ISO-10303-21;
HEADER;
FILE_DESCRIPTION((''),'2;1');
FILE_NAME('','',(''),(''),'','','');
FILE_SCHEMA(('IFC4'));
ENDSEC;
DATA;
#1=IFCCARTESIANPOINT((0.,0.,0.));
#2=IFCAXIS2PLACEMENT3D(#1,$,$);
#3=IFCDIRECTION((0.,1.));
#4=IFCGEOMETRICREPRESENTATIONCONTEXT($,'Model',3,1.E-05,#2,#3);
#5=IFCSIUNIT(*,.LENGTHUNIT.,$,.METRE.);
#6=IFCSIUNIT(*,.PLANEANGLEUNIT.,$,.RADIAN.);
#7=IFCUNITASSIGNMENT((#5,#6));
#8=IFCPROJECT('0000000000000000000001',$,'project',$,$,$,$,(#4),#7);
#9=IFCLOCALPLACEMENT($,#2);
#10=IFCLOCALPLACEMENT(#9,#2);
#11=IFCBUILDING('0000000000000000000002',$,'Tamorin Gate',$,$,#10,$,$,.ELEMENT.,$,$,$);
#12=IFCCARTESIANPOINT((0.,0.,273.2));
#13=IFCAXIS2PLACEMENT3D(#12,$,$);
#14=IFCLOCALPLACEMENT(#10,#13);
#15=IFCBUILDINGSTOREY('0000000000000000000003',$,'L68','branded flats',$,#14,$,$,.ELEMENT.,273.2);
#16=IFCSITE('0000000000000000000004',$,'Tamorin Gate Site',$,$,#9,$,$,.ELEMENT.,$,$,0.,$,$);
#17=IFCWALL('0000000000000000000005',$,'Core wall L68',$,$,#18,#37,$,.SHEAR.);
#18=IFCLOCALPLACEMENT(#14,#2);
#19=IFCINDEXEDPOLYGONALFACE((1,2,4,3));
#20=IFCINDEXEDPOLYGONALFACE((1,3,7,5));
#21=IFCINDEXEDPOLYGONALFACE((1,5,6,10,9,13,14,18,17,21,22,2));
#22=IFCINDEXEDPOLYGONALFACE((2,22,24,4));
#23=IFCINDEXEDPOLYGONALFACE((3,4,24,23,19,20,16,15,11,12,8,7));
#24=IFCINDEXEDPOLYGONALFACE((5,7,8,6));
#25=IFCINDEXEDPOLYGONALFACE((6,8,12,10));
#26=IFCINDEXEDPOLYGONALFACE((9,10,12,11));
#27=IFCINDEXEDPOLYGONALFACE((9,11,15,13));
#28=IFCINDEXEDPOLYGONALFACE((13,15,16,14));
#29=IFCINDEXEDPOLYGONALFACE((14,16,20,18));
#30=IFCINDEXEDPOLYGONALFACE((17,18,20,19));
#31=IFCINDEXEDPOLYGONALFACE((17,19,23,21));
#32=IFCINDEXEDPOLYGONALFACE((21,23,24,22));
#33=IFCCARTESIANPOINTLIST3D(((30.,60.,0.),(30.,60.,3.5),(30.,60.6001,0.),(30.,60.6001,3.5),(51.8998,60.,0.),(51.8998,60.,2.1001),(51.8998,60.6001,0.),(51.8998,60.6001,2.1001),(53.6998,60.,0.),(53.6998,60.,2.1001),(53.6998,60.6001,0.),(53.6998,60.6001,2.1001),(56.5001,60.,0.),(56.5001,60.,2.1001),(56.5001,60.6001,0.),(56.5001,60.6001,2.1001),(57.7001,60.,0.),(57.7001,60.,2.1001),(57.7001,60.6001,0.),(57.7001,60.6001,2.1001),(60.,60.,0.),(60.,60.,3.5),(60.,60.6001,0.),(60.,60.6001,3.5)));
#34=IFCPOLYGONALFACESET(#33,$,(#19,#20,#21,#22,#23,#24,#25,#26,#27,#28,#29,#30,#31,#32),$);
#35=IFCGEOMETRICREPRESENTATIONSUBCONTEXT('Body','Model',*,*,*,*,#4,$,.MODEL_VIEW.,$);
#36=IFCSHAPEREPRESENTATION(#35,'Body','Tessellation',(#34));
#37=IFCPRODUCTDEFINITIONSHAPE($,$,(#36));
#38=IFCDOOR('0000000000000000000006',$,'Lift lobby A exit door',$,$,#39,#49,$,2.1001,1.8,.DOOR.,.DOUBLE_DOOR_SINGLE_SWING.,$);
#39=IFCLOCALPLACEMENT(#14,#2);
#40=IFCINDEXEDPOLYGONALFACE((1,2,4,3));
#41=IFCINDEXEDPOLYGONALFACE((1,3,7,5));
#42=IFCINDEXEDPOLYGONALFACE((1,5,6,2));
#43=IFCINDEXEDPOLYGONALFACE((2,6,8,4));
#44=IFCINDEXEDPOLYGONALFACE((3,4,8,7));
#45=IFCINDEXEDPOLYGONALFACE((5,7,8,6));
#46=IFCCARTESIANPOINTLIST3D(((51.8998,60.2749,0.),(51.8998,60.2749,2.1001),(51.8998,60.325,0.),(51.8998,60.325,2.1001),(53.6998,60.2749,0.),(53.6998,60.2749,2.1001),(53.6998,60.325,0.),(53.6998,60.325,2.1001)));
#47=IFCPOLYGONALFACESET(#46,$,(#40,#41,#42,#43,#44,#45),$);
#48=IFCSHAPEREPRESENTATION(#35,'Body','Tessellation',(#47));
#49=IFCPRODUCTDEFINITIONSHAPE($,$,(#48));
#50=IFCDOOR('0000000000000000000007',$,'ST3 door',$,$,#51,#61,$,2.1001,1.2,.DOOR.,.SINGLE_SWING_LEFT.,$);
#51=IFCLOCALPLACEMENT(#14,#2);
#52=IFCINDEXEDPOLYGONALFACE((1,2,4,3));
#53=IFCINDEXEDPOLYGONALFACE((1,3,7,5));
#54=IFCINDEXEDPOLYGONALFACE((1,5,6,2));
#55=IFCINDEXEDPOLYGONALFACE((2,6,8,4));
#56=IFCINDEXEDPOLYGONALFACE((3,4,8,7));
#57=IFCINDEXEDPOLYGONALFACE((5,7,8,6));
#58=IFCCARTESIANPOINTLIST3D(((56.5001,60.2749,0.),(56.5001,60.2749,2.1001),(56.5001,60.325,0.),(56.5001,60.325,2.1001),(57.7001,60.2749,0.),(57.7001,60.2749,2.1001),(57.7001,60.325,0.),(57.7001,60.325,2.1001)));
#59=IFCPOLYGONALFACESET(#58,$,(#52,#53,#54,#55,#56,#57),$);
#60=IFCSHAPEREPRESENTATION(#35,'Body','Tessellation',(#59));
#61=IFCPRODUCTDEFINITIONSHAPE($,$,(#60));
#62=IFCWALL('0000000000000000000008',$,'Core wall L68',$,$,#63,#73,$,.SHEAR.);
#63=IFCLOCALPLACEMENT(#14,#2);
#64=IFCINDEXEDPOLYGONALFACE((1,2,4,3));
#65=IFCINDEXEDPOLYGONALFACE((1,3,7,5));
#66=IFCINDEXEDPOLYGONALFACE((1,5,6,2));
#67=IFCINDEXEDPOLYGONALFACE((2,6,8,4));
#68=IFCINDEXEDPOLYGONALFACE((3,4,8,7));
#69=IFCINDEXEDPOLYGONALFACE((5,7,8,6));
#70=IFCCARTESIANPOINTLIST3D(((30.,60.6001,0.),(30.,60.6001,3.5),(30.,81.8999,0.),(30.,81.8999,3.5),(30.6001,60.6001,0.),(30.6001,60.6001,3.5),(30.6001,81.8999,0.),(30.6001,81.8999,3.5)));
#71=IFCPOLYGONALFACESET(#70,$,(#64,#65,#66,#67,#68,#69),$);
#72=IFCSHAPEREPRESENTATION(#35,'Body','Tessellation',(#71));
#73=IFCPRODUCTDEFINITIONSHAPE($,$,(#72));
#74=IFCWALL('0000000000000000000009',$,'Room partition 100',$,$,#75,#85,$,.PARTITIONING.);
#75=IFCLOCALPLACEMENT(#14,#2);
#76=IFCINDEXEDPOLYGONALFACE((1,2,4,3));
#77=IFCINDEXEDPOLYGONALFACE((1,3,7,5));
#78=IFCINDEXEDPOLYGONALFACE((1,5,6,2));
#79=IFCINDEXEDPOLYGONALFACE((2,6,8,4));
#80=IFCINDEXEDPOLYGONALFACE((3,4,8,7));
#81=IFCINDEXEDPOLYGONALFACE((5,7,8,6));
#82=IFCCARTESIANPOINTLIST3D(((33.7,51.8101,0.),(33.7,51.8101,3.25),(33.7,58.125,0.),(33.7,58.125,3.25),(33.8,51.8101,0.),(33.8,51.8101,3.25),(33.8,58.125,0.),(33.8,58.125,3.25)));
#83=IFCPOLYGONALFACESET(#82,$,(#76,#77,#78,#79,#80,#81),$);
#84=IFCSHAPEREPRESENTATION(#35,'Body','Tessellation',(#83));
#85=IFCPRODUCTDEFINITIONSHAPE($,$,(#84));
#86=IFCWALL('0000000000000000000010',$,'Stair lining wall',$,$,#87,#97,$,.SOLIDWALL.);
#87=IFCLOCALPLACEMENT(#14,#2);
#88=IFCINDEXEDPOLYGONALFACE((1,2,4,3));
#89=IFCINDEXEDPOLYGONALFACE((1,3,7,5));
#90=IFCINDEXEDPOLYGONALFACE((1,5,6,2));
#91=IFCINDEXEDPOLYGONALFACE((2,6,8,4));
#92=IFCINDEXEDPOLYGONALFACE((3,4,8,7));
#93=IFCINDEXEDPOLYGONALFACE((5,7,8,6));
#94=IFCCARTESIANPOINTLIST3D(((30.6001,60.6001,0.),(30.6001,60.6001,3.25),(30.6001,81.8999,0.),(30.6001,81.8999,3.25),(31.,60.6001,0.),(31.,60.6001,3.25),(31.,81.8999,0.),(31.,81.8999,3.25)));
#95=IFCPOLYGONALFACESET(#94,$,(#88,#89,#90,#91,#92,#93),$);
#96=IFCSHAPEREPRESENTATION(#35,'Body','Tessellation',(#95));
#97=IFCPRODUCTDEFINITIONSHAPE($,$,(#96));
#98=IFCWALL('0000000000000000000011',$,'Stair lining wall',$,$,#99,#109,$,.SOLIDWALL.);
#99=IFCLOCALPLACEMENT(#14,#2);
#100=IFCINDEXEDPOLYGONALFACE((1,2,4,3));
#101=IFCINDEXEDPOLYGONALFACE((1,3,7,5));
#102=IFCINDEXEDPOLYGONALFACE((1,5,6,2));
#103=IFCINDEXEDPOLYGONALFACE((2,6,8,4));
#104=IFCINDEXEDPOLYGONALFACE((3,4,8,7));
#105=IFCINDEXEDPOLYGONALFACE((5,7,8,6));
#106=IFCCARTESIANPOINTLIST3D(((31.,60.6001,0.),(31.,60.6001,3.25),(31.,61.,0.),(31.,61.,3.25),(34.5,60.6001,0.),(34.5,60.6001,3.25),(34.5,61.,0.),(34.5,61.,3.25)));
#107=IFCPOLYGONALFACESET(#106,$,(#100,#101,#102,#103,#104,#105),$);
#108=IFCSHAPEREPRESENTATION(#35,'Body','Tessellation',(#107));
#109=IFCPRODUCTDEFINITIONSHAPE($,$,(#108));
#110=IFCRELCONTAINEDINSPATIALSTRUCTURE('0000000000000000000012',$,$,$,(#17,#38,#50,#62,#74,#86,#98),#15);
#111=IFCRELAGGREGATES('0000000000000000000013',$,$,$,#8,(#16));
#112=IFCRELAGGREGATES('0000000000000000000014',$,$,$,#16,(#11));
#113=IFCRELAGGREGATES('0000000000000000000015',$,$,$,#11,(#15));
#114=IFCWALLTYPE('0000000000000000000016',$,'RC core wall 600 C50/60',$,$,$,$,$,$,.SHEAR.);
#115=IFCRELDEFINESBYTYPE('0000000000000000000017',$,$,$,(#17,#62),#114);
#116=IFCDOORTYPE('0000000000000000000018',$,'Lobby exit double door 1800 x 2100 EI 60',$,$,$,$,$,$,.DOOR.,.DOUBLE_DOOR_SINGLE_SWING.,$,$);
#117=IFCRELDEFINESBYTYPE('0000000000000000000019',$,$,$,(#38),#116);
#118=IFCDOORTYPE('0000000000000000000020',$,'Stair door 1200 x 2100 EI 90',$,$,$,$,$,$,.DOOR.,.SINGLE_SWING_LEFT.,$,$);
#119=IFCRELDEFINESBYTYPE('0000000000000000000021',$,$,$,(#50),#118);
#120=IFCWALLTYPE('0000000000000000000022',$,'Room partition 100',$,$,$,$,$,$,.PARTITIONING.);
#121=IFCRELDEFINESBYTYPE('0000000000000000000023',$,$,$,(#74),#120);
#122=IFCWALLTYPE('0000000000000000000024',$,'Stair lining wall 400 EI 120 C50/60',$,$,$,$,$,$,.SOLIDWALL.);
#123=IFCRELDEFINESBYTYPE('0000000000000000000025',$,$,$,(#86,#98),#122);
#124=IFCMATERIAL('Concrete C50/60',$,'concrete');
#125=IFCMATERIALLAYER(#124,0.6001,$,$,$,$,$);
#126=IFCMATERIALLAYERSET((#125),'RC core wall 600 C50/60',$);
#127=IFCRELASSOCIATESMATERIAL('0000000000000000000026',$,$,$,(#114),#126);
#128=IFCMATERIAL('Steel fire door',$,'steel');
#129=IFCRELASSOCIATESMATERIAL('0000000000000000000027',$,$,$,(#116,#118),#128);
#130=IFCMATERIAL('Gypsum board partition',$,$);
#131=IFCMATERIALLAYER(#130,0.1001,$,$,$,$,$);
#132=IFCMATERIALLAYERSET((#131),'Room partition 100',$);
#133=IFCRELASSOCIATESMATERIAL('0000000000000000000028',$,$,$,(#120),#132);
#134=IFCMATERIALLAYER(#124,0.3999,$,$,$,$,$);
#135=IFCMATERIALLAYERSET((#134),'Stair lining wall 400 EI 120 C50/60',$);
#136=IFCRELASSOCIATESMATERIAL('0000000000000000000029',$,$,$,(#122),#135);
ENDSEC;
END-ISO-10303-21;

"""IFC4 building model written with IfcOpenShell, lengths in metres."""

from ifc_helpers import new_model, si_unit, direction, frame, frame_2d, origin, place, context, subcontext, project, spatial, rectangle, extrude, material, layer, layer_set, type_object, element, fill, save


model = new_model("IFC4")

# Units and contexts
model_context = context("Model", 3, precision=1e-05, world=origin(), true_north=direction((0.0, 1.0)))
body_context = subcontext(model_context, "Body", "Model", "MODEL_VIEW")
ifc_project = project(units=[si_unit("LENGTHUNIT", "METRE"), si_unit("PLANEANGLEUNIT", "RADIAN")], contexts=[model_context])

# Site, building, storey
site_placement = place(None, origin())
site = spatial("IfcSite", under=ifc_project, at=site_placement, Name="Tamorin Gate Site", CompositionType="ELEMENT", RefElevation=0.0)
building_placement = place(site_placement, origin())
building = spatial("IfcBuilding", under=site, at=building_placement, Name="Tamorin Gate", CompositionType="ELEMENT")
storey_placement = place(building_placement, frame((0.0, 0.0, 273.2)))
storey = spatial("IfcBuildingStorey", under=building, at=storey_placement, Name="L68", Description="branded flats", CompositionType="ELEMENT", Elevation=273.2)

# Shared definitions
ifc_material_1 = material(Name="Concrete C50/60", Category="concrete")

# Shared definitions
ifc_material_2 = material(Name="Gypsum board partition")

# Wall, openings, doors
ifc_layer_1 = layer(ifc_material_1, 0.6001)
ifc_layer_set_1 = layer_set([ifc_layer_1], Name="RC core wall 600 C50/60")
wall_type_1 = type_object("IfcWallType", Name="RC core wall 600 C50/60", PredefinedType="SHEAR", material=ifc_layer_set_1)
wall_1_placement = place(storey_placement, frame((30.0, 60.3, 0.0), z_axis=(0.0, 0.0, 1.0), x_axis=(1.0, 0.0, 0.0)))
wall_1 = element("IfcWall", 1, at=wall_1_placement, inside=storey, type_object=wall_type_1, Name="Core wall L68", PredefinedType="SHEAR", context=body_context, shape_type="SweptSolid", body=[
    extrude(rectangle(XDim=30.0, YDim=0.6001, at=frame_2d((15.0, 0.0))), origin(), (0.0, 0.0, 1.0), 3.5),
])
opening_1_placement = place(wall_1_placement, frame((21.8999, 0.0, 0.0)))
opening_1 = element("IfcOpeningElement", 2, at=opening_1_placement, cuts=wall_1, PredefinedType="OPENING", context=body_context, shape_type="SweptSolid", body=[
    extrude(rectangle(XDim=1.8, YDim=2.1001, at=frame_2d((0.8999, 1.05))), frame((0.0, 0.3101, 0.0), z_axis=(0.0, -1.0, 0.0), x_axis=(1.0, 0.0, 0.0)), (0.0, 0.0, 1.0), 0.6201),
])
opening_2_placement = place(wall_1_placement, frame((26.5, 0.0, 0.0)))
opening_2 = element("IfcOpeningElement", 3, at=opening_2_placement, cuts=wall_1, PredefinedType="OPENING", context=body_context, shape_type="SweptSolid", body=[
    extrude(rectangle(XDim=1.2, YDim=2.1001, at=frame_2d((0.6001, 1.05))), frame((0.0, 0.3101, 0.0), z_axis=(0.0, -1.0, 0.0), x_axis=(1.0, 0.0, 0.0)), (0.0, 0.0, 1.0), 0.6201),
])
ifc_material_3 = material(Name="Steel fire door", Category="steel")
door_type_1 = type_object("IfcDoorType", Name="Lobby exit double door 1800 x 2100 EI 60", OperationType="DOUBLE_DOOR_SINGLE_SWING", PredefinedType="DOOR", material=ifc_material_3)
door_1_placement = place(opening_1_placement, origin())
door_1 = element("IfcDoor", 4, at=door_1_placement, inside=storey, type_object=door_type_1, Name="Lift lobby A exit door", OperationType="DOUBLE_DOOR_SINGLE_SWING", OverallHeight=2.1001, OverallWidth=1.8, PredefinedType="DOOR", context=body_context, shape_type="SweptSolid", body=[
    extrude(rectangle(XDim=1.8, YDim=2.1001, at=frame_2d((0.8999, 1.05))), frame((0.0, 0.0249, 0.0), z_axis=(0.0, -1.0, 0.0), x_axis=(1.0, 0.0, 0.0)), (0.0, 0.0, 1.0), 0.05),
])
fill(opening_1, door_1)
door_type_2 = type_object("IfcDoorType", Name="Stair door 1200 x 2100 EI 90", OperationType="SINGLE_SWING_LEFT", PredefinedType="DOOR", material=ifc_material_3)
door_2_placement = place(opening_2_placement, origin())
door_2 = element("IfcDoor", 5, at=door_2_placement, inside=storey, type_object=door_type_2, Name="ST3 door", OperationType="SINGLE_SWING_LEFT", OverallHeight=2.1001, OverallWidth=1.2, PredefinedType="DOOR", context=body_context, shape_type="SweptSolid", body=[
    extrude(rectangle(XDim=1.2, YDim=2.1001, at=frame_2d((0.6001, 1.05))), frame((0.0, 0.0249, 0.0), z_axis=(0.0, -1.0, 0.0), x_axis=(1.0, 0.0, 0.0)), (0.0, 0.0, 1.0), 0.05),
])
fill(opening_2, door_2)

# Walls
wall_2_placement = place(storey_placement, frame((30.3, 60.6001, 0.0), z_axis=(0.0, 0.0, 1.0), x_axis=(0.0, 1.0, 0.0)))
element("IfcWall", 6, at=wall_2_placement, inside=storey, type_object=wall_type_1, Name="Core wall L68", PredefinedType="SHEAR", context=body_context, shape_type="SweptSolid", body=[
    extrude(rectangle(XDim=21.2998, YDim=0.6001, at=frame_2d((10.6499, 0.0))), origin(), (0.0, 0.0, 1.0), 3.5),
])
ifc_layer_2 = layer(ifc_material_2, 0.1001)
ifc_layer_set_2 = layer_set([ifc_layer_2], Name="Room partition 100")
wall_type_2 = type_object("IfcWallType", Name="Room partition 100", PredefinedType="PARTITIONING", material=ifc_layer_set_2)
wall_3_placement = place(storey_placement, frame((33.75, 51.8101, 0.0), z_axis=(0.0, 0.0, 1.0), x_axis=(0.0, 1.0, 0.0)))
element("IfcWall", 7, at=wall_3_placement, inside=storey, type_object=wall_type_2, Name="Room partition 100", PredefinedType="PARTITIONING", context=body_context, shape_type="SweptSolid", body=[
    extrude(rectangle(XDim=6.3149, YDim=0.1001, at=frame_2d((3.1575, 0.0))), origin(), (0.0, 0.0, 1.0), 3.25),
])
ifc_layer_3 = layer(ifc_material_1, 0.3999)
ifc_layer_set_3 = layer_set([ifc_layer_3], Name="Stair lining wall 400 EI 120 C50/60")
wall_type_3 = type_object("IfcWallType", Name="Stair lining wall 400 EI 120 C50/60", PredefinedType="SOLIDWALL", material=ifc_layer_set_3)
wall_4_placement = place(storey_placement, frame((30.8, 60.6001, 0.0), z_axis=(0.0, 0.0, 1.0), x_axis=(0.0, 1.0, 0.0)))
element("IfcWall", 8, at=wall_4_placement, inside=storey, type_object=wall_type_3, Name="Stair lining wall", PredefinedType="SOLIDWALL", context=body_context, shape_type="SweptSolid", body=[
    extrude(rectangle(XDim=21.2998, YDim=0.3999, at=frame_2d((10.6499, 0.0))), origin(), (0.0, 0.0, 1.0), 3.25),
])
wall_5_placement = place(storey_placement, frame((31.0, 60.8, 0.0), z_axis=(0.0, 0.0, 1.0), x_axis=(1.0, 0.0, 0.0)))
element("IfcWall", 9, at=wall_5_placement, inside=storey, type_object=wall_type_3, Name="Stair lining wall", PredefinedType="SOLIDWALL", context=body_context, shape_type="SweptSolid", body=[
    extrude(rectangle(XDim=3.5, YDim=0.3999, at=frame_2d((1.75, 0.0))), origin(), (0.0, 0.0, 1.0), 3.25),
])

save(model, "model.ifc")
